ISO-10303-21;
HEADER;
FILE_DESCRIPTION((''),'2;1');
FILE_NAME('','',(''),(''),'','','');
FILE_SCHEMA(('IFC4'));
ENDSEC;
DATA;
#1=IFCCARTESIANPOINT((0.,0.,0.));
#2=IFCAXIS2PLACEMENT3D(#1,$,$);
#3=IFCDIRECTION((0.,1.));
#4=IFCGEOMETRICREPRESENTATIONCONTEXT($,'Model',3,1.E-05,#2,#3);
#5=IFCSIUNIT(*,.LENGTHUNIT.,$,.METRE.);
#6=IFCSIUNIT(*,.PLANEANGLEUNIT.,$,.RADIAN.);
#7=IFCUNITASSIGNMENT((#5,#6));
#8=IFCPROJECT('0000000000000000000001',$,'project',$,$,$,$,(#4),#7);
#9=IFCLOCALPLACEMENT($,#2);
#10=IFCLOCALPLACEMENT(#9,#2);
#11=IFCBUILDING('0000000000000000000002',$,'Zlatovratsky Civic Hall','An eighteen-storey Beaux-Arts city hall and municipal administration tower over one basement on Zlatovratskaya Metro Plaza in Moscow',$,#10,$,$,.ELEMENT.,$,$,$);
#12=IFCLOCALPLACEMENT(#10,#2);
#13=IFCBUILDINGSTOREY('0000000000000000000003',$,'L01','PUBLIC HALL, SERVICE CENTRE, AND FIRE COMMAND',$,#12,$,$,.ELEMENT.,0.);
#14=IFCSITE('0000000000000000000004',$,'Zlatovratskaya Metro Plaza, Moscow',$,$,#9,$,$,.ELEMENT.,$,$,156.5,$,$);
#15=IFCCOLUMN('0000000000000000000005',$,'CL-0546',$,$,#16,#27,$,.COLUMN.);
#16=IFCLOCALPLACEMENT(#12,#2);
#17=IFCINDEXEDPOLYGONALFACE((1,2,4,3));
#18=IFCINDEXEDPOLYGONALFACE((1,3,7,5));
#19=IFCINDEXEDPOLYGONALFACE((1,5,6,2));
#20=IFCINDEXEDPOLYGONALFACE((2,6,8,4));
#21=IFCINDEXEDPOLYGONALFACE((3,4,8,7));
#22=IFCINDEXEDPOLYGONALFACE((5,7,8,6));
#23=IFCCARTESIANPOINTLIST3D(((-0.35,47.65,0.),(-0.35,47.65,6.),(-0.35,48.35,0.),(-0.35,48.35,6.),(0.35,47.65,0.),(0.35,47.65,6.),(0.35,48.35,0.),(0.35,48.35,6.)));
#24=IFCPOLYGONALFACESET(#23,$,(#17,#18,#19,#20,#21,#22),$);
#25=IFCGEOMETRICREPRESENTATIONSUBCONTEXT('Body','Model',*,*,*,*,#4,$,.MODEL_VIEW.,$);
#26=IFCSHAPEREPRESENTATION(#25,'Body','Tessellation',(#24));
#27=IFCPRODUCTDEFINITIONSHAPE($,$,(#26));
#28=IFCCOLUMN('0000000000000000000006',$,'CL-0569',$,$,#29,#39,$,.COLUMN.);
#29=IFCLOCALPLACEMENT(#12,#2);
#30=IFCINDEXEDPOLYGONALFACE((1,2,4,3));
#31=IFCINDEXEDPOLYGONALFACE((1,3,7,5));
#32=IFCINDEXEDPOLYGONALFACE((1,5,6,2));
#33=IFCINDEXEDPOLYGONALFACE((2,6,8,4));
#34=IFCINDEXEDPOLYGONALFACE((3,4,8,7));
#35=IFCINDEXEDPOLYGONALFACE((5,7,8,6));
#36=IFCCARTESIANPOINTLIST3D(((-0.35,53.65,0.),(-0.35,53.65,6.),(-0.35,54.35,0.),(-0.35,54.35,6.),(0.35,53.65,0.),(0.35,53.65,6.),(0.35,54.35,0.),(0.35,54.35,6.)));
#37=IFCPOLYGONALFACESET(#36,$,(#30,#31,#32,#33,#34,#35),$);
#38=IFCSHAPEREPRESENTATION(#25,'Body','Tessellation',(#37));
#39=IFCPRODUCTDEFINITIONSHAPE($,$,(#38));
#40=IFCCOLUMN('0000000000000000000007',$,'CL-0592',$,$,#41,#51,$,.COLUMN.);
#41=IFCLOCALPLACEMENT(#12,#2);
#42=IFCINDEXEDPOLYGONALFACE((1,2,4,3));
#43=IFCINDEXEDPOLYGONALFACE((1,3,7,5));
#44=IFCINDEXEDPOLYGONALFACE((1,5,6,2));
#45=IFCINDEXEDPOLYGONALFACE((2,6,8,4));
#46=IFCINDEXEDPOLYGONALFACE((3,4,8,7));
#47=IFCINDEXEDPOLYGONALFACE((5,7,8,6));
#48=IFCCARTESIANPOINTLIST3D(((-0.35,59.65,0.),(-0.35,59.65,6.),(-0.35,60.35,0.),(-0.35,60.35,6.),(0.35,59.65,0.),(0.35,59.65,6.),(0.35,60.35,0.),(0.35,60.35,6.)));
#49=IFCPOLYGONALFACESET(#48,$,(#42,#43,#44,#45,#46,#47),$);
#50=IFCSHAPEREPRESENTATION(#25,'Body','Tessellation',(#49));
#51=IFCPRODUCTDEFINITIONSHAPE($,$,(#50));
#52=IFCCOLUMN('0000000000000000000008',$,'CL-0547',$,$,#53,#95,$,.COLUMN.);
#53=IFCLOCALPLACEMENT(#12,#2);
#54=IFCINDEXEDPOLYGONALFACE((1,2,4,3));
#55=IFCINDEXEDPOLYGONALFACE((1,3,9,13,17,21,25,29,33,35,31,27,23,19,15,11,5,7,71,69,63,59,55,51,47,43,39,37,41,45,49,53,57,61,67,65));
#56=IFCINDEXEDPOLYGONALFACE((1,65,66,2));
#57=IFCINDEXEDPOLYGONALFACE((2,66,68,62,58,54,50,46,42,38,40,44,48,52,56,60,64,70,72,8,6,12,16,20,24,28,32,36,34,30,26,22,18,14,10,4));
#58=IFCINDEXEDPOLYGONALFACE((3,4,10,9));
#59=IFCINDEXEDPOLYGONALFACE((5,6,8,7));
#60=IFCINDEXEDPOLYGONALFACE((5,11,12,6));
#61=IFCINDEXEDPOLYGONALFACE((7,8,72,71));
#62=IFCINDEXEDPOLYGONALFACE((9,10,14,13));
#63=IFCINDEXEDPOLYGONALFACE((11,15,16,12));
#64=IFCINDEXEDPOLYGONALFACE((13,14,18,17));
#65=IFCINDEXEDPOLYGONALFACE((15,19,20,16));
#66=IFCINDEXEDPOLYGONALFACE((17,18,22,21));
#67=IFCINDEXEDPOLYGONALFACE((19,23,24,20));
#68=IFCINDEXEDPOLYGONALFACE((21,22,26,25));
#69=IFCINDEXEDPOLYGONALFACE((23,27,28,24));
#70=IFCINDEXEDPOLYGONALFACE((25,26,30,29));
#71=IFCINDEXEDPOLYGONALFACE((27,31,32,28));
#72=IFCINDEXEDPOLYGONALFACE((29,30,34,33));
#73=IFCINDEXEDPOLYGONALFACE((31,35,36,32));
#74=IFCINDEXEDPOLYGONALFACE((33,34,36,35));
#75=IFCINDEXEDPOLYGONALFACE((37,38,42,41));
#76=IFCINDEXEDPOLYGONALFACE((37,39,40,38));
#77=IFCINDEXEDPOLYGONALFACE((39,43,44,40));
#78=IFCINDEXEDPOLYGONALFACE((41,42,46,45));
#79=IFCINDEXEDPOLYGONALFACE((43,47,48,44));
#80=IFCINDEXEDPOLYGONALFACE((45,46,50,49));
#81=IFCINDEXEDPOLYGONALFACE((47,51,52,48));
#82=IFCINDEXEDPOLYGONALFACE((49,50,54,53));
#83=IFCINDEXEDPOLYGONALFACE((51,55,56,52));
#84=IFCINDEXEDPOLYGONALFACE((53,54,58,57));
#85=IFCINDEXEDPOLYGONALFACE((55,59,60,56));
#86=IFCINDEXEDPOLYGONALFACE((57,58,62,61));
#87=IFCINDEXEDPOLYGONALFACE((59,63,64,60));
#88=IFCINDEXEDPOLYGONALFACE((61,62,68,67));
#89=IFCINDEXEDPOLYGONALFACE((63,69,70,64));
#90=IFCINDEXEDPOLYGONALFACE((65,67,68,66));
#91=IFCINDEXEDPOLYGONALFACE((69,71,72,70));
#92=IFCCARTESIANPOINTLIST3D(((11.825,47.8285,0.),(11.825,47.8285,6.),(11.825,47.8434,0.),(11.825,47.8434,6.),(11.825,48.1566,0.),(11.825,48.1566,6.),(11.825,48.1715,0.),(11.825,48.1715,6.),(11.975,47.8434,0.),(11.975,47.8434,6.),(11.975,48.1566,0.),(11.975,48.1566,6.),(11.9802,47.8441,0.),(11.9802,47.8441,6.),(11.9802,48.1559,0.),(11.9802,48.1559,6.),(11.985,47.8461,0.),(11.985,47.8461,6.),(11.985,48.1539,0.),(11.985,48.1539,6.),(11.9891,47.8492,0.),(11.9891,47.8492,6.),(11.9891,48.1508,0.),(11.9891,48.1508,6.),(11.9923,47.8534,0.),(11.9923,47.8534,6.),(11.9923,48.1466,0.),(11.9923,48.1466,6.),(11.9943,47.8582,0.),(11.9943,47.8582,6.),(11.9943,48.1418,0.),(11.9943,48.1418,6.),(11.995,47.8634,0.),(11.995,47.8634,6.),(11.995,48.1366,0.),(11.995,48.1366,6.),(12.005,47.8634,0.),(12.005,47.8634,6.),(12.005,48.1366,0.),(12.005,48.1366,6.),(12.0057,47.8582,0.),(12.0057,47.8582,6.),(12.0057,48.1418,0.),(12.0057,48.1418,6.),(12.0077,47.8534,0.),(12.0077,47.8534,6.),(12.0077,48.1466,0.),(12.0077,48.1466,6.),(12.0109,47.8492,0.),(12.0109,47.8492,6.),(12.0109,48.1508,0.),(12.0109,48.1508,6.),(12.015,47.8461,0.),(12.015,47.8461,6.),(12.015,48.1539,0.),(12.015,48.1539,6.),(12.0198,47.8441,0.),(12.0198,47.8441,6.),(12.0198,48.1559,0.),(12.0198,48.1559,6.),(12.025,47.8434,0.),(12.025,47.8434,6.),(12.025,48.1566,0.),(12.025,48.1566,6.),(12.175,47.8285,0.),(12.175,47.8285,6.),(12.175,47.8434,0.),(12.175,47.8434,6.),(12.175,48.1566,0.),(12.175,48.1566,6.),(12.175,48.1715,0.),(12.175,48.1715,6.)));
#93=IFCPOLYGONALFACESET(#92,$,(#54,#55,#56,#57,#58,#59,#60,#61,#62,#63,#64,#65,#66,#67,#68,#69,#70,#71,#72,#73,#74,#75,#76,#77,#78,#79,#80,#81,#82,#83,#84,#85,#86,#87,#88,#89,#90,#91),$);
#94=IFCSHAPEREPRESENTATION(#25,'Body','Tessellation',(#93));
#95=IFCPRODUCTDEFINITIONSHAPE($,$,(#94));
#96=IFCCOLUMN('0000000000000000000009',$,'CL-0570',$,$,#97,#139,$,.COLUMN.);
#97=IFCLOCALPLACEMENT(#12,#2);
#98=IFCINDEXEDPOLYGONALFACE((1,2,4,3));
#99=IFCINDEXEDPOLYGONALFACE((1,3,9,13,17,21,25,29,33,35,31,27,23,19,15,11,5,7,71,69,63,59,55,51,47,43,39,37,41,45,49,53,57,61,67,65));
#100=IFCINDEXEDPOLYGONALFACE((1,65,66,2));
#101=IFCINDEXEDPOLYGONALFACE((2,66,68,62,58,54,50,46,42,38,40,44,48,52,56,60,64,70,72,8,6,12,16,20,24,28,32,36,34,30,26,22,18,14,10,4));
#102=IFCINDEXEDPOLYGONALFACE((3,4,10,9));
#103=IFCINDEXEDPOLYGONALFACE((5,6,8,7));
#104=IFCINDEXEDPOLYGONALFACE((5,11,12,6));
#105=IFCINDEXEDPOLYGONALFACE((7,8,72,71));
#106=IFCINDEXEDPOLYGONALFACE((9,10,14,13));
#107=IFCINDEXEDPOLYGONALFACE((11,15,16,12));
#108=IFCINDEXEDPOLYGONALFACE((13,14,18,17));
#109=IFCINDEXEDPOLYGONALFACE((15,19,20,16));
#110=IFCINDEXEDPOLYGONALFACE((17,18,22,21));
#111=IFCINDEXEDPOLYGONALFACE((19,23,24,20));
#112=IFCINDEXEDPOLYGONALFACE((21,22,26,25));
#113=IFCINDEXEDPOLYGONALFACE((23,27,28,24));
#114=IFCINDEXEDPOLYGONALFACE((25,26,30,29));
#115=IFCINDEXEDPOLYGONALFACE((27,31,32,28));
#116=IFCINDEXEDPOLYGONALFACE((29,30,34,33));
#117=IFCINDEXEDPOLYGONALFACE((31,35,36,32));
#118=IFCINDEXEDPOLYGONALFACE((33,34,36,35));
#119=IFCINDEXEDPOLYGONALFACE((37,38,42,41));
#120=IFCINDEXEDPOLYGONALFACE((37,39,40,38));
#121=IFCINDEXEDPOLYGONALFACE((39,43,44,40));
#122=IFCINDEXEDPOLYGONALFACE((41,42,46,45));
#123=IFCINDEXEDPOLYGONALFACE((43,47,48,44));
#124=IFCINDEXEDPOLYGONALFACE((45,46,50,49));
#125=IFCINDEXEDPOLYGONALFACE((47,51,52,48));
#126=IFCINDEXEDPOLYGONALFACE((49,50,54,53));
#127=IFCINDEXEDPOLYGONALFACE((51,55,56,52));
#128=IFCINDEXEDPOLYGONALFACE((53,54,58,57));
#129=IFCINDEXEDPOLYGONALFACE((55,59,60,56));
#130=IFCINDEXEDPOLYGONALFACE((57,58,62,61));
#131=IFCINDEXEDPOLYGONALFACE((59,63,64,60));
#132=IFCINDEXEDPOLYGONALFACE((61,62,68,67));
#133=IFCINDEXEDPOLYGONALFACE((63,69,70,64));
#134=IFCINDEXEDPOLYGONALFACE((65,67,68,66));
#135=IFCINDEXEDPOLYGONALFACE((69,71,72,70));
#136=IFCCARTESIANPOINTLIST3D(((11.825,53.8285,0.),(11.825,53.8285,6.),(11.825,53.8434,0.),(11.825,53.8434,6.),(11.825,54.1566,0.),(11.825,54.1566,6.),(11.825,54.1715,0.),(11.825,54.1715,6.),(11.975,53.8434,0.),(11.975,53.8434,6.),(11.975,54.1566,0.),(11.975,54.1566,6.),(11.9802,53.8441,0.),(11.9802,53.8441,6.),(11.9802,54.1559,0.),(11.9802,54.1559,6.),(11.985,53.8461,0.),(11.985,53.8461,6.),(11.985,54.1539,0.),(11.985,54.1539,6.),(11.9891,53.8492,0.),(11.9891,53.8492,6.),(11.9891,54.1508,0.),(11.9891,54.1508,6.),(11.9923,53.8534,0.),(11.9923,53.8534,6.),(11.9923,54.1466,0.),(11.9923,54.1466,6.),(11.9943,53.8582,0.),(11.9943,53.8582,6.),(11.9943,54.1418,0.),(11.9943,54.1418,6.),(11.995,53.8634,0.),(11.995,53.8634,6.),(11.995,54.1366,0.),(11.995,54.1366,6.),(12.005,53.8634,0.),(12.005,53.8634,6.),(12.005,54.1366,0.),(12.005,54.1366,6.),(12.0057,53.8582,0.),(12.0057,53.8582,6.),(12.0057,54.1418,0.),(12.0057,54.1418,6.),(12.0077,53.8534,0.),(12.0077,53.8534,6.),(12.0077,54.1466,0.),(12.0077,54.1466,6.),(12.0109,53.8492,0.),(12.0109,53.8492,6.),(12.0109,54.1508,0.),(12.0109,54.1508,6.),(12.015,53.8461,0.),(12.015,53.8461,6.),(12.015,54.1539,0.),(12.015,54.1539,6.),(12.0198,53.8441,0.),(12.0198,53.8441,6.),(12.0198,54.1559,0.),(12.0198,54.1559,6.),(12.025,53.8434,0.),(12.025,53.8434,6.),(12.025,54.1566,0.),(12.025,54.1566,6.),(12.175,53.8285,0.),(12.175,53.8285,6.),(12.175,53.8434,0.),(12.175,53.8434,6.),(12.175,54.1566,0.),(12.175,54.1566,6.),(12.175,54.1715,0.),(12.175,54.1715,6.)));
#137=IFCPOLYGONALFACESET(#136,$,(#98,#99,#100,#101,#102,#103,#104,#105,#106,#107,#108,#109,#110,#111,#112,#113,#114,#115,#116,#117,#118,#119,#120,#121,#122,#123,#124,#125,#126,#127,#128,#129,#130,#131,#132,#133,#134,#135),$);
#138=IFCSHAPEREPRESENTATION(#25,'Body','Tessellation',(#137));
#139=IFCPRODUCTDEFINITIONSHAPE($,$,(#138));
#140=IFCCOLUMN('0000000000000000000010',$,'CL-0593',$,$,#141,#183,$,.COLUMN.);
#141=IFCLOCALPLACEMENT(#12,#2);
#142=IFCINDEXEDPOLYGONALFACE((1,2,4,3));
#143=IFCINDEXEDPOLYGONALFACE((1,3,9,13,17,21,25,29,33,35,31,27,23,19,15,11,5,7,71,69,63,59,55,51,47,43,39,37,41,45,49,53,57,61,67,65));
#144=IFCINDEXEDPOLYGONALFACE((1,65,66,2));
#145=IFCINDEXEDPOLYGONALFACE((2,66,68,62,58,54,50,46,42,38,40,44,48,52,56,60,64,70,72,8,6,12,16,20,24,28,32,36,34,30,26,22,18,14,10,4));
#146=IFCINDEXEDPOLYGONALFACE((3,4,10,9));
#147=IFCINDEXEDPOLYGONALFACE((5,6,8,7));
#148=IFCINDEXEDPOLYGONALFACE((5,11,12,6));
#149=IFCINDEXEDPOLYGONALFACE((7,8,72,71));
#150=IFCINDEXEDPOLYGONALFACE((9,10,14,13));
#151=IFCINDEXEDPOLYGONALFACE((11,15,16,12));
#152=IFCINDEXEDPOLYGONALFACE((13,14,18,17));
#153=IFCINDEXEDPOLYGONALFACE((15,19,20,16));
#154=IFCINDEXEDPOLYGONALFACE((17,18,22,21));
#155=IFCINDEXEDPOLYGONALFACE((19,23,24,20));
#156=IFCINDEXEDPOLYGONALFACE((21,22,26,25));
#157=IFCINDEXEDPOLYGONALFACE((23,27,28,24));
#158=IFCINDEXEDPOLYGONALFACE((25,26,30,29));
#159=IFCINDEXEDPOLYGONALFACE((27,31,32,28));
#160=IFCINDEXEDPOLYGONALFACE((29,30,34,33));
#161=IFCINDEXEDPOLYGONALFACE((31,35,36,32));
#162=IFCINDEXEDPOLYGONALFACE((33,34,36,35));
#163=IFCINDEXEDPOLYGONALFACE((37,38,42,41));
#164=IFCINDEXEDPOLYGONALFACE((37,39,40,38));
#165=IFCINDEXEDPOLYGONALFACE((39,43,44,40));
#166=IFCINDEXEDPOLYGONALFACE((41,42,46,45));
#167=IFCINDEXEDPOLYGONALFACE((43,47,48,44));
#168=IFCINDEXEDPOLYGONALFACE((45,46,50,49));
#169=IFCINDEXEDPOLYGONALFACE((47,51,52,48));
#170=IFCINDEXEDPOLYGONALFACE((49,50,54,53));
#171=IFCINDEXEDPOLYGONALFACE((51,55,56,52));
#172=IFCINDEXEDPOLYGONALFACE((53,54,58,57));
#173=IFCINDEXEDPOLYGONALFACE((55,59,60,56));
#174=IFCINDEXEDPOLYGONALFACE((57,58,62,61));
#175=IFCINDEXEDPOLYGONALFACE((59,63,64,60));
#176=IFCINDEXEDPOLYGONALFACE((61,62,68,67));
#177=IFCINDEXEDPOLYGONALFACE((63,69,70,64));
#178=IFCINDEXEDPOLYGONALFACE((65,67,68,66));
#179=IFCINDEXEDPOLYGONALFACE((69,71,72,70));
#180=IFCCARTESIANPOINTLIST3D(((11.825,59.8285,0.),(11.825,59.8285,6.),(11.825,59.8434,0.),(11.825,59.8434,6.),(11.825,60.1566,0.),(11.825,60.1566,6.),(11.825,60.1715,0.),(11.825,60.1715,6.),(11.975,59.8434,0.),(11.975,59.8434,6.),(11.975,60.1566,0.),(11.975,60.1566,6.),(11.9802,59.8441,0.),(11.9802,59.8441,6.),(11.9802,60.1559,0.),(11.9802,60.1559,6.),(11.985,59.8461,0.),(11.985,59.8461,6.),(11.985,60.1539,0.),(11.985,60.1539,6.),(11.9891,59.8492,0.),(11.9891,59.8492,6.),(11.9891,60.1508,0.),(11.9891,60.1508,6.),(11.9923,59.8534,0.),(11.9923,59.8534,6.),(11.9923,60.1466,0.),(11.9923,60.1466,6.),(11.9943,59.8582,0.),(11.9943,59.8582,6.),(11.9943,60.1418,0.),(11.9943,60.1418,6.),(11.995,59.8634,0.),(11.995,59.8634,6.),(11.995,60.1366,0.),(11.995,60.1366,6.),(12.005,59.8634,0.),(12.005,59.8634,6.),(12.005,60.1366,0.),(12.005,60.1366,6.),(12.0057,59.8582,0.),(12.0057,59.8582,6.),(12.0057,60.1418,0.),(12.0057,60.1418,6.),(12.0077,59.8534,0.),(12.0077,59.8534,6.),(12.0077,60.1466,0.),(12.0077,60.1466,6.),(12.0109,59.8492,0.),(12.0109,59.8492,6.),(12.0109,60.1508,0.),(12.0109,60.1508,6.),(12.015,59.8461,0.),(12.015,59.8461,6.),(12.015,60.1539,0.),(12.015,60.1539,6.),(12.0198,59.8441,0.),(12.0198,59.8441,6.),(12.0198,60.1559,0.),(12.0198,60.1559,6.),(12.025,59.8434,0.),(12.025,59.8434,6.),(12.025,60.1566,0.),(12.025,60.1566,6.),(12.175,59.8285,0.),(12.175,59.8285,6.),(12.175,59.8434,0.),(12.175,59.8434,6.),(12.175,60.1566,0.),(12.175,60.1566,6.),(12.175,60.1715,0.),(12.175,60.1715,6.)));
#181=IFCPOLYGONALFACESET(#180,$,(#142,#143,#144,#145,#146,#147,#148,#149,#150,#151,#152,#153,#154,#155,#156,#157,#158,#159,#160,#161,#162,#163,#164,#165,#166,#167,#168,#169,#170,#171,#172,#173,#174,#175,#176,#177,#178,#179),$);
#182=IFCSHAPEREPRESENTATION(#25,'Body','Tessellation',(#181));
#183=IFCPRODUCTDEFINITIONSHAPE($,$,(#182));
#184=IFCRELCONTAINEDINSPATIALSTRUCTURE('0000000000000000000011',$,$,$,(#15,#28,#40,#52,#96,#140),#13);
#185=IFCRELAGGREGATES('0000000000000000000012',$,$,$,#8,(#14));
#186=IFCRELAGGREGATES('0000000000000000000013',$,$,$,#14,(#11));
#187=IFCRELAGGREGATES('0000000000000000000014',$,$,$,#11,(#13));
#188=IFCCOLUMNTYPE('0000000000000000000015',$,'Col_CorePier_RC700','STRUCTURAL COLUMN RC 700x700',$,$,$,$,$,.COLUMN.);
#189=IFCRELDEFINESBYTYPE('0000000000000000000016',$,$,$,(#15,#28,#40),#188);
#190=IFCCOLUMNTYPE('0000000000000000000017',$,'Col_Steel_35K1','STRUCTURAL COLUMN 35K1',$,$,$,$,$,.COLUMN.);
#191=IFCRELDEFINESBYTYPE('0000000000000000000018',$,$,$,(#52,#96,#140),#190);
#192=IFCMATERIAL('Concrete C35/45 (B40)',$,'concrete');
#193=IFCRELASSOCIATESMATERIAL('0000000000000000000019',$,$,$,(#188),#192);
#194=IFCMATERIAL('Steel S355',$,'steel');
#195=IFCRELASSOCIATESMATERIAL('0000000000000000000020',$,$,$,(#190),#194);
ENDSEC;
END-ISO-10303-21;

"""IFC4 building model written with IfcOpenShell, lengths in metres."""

from ifc_helpers import new_model, si_unit, direction, frame, origin, origin_2d, place, context, subcontext, project, spatial, rectangle, i_section, extrude, material, material_profile, profile_set, type_object, element, save


model = new_model("IFC4")

# Units and contexts
model_context = context("Model", 3, precision=1e-05, world=origin(), true_north=direction((0.0, 1.0)))
body_context = subcontext(model_context, "Body", "Model", "MODEL_VIEW")
ifc_project = project(units=[si_unit("LENGTHUNIT", "METRE"), si_unit("PLANEANGLEUNIT", "RADIAN")], contexts=[model_context])

# Site, building, storey
site_placement = place(None, origin())
site = spatial("IfcSite", under=ifc_project, at=site_placement, Name="Zlatovratskaya Metro Plaza, Moscow", CompositionType="ELEMENT", RefElevation=156.5)
building_placement = place(site_placement, origin())
building = spatial("IfcBuilding", under=site, at=building_placement, Name="Zlatovratsky Civic Hall", Description="An eighteen-storey Beaux-Arts city hall and municipal administration tower over one basement on Zlatovratskaya Metro Plaza in Moscow", CompositionType="ELEMENT")
storey_placement = place(building_placement, origin())
storey = spatial("IfcBuildingStorey", under=building, at=storey_placement, Name="L01", Description="PUBLIC HALL, SERVICE CENTRE, AND FIRE COMMAND", CompositionType="ELEMENT", Elevation=0.0)

# Columns
ifc_material_1 = material(Name="Concrete C35/45 (B40)", Category="concrete")
ifc_material_profile_1 = material_profile(ifc_material_1, rectangle(XDim=0.7, YDim=0.7, at=origin_2d()), Name="RC 700x700")
ifc_profile_set_1 = profile_set([ifc_material_profile_1], Name="Concrete C35/45 (B40)")
column_type_1 = type_object("IfcColumnType", Name="Col_CorePier_RC700", Description="STRUCTURAL COLUMN RC 700x700", PredefinedType="COLUMN", material=ifc_profile_set_1)
for number, where, z_axis, x_axis, name in (
    (1, (0.0, 48.0, 0.0), (0.0, 0.0, 1.0), (1.0, 0.0, 0.0), "CL-0546"),
    (2, (0.0, 54.0, 0.0), (0.0, 0.0, 1.0), (1.0, 0.0, 0.0), "CL-0569"),
    (3, (0.0, 60.0, 0.0), (0.0, 0.0, 1.0), (1.0, 0.0, 0.0), "CL-0592"),
):
    element("IfcColumn", number, at=place(storey_placement, frame(where, z_axis=z_axis, x_axis=x_axis)), inside=storey, type_object=column_type_1, Name=name, PredefinedType="COLUMN", context=body_context, shape_type="SweptSolid", body=[
        extrude(rectangle(XDim=0.7, YDim=0.7, at=origin_2d()), origin(), (0.0, 0.0, 1.0), 6.0),
    ])
ifc_material_2 = material(Name="Steel S355", Category="steel")
ifc_material_profile_2 = material_profile(ifc_material_2, i_section(OverallWidth=0.3501, OverallDepth=0.343, WebThickness=0.01, FlangeThickness=0.0149, FilletRadius=0.02, at=origin_2d()), Name="35K1")
ifc_profile_set_2 = profile_set([ifc_material_profile_2], Name="Steel S355")
column_type_2 = type_object("IfcColumnType", Name="Col_Steel_35K1", Description="STRUCTURAL COLUMN 35K1", PredefinedType="COLUMN", material=ifc_profile_set_2)
for number, where, z_axis, x_axis, name in (
    (4, (12.0, 48.0, 0.0), (0.0, 0.0, 1.0), (1.0, 0.0, 0.0), "CL-0547"),
    (5, (12.0, 54.0, 0.0), (0.0, 0.0, 1.0), (1.0, 0.0, 0.0), "CL-0570"),
    (6, (12.0, 60.0, 0.0), (0.0, 0.0, 1.0), (1.0, 0.0, 0.0), "CL-0593"),
):
    element("IfcColumn", number, at=place(storey_placement, frame(where, z_axis=z_axis, x_axis=x_axis)), inside=storey, type_object=column_type_2, Name=name, PredefinedType="COLUMN", context=body_context, shape_type="SweptSolid", body=[
        extrude(i_section(OverallWidth=0.3501, OverallDepth=0.343, WebThickness=0.01, FlangeThickness=0.0149, FilletRadius=0.02, at=origin_2d()), origin(), (0.0, 0.0, 1.0), 6.0),
    ])

save(model, "model.ifc")
